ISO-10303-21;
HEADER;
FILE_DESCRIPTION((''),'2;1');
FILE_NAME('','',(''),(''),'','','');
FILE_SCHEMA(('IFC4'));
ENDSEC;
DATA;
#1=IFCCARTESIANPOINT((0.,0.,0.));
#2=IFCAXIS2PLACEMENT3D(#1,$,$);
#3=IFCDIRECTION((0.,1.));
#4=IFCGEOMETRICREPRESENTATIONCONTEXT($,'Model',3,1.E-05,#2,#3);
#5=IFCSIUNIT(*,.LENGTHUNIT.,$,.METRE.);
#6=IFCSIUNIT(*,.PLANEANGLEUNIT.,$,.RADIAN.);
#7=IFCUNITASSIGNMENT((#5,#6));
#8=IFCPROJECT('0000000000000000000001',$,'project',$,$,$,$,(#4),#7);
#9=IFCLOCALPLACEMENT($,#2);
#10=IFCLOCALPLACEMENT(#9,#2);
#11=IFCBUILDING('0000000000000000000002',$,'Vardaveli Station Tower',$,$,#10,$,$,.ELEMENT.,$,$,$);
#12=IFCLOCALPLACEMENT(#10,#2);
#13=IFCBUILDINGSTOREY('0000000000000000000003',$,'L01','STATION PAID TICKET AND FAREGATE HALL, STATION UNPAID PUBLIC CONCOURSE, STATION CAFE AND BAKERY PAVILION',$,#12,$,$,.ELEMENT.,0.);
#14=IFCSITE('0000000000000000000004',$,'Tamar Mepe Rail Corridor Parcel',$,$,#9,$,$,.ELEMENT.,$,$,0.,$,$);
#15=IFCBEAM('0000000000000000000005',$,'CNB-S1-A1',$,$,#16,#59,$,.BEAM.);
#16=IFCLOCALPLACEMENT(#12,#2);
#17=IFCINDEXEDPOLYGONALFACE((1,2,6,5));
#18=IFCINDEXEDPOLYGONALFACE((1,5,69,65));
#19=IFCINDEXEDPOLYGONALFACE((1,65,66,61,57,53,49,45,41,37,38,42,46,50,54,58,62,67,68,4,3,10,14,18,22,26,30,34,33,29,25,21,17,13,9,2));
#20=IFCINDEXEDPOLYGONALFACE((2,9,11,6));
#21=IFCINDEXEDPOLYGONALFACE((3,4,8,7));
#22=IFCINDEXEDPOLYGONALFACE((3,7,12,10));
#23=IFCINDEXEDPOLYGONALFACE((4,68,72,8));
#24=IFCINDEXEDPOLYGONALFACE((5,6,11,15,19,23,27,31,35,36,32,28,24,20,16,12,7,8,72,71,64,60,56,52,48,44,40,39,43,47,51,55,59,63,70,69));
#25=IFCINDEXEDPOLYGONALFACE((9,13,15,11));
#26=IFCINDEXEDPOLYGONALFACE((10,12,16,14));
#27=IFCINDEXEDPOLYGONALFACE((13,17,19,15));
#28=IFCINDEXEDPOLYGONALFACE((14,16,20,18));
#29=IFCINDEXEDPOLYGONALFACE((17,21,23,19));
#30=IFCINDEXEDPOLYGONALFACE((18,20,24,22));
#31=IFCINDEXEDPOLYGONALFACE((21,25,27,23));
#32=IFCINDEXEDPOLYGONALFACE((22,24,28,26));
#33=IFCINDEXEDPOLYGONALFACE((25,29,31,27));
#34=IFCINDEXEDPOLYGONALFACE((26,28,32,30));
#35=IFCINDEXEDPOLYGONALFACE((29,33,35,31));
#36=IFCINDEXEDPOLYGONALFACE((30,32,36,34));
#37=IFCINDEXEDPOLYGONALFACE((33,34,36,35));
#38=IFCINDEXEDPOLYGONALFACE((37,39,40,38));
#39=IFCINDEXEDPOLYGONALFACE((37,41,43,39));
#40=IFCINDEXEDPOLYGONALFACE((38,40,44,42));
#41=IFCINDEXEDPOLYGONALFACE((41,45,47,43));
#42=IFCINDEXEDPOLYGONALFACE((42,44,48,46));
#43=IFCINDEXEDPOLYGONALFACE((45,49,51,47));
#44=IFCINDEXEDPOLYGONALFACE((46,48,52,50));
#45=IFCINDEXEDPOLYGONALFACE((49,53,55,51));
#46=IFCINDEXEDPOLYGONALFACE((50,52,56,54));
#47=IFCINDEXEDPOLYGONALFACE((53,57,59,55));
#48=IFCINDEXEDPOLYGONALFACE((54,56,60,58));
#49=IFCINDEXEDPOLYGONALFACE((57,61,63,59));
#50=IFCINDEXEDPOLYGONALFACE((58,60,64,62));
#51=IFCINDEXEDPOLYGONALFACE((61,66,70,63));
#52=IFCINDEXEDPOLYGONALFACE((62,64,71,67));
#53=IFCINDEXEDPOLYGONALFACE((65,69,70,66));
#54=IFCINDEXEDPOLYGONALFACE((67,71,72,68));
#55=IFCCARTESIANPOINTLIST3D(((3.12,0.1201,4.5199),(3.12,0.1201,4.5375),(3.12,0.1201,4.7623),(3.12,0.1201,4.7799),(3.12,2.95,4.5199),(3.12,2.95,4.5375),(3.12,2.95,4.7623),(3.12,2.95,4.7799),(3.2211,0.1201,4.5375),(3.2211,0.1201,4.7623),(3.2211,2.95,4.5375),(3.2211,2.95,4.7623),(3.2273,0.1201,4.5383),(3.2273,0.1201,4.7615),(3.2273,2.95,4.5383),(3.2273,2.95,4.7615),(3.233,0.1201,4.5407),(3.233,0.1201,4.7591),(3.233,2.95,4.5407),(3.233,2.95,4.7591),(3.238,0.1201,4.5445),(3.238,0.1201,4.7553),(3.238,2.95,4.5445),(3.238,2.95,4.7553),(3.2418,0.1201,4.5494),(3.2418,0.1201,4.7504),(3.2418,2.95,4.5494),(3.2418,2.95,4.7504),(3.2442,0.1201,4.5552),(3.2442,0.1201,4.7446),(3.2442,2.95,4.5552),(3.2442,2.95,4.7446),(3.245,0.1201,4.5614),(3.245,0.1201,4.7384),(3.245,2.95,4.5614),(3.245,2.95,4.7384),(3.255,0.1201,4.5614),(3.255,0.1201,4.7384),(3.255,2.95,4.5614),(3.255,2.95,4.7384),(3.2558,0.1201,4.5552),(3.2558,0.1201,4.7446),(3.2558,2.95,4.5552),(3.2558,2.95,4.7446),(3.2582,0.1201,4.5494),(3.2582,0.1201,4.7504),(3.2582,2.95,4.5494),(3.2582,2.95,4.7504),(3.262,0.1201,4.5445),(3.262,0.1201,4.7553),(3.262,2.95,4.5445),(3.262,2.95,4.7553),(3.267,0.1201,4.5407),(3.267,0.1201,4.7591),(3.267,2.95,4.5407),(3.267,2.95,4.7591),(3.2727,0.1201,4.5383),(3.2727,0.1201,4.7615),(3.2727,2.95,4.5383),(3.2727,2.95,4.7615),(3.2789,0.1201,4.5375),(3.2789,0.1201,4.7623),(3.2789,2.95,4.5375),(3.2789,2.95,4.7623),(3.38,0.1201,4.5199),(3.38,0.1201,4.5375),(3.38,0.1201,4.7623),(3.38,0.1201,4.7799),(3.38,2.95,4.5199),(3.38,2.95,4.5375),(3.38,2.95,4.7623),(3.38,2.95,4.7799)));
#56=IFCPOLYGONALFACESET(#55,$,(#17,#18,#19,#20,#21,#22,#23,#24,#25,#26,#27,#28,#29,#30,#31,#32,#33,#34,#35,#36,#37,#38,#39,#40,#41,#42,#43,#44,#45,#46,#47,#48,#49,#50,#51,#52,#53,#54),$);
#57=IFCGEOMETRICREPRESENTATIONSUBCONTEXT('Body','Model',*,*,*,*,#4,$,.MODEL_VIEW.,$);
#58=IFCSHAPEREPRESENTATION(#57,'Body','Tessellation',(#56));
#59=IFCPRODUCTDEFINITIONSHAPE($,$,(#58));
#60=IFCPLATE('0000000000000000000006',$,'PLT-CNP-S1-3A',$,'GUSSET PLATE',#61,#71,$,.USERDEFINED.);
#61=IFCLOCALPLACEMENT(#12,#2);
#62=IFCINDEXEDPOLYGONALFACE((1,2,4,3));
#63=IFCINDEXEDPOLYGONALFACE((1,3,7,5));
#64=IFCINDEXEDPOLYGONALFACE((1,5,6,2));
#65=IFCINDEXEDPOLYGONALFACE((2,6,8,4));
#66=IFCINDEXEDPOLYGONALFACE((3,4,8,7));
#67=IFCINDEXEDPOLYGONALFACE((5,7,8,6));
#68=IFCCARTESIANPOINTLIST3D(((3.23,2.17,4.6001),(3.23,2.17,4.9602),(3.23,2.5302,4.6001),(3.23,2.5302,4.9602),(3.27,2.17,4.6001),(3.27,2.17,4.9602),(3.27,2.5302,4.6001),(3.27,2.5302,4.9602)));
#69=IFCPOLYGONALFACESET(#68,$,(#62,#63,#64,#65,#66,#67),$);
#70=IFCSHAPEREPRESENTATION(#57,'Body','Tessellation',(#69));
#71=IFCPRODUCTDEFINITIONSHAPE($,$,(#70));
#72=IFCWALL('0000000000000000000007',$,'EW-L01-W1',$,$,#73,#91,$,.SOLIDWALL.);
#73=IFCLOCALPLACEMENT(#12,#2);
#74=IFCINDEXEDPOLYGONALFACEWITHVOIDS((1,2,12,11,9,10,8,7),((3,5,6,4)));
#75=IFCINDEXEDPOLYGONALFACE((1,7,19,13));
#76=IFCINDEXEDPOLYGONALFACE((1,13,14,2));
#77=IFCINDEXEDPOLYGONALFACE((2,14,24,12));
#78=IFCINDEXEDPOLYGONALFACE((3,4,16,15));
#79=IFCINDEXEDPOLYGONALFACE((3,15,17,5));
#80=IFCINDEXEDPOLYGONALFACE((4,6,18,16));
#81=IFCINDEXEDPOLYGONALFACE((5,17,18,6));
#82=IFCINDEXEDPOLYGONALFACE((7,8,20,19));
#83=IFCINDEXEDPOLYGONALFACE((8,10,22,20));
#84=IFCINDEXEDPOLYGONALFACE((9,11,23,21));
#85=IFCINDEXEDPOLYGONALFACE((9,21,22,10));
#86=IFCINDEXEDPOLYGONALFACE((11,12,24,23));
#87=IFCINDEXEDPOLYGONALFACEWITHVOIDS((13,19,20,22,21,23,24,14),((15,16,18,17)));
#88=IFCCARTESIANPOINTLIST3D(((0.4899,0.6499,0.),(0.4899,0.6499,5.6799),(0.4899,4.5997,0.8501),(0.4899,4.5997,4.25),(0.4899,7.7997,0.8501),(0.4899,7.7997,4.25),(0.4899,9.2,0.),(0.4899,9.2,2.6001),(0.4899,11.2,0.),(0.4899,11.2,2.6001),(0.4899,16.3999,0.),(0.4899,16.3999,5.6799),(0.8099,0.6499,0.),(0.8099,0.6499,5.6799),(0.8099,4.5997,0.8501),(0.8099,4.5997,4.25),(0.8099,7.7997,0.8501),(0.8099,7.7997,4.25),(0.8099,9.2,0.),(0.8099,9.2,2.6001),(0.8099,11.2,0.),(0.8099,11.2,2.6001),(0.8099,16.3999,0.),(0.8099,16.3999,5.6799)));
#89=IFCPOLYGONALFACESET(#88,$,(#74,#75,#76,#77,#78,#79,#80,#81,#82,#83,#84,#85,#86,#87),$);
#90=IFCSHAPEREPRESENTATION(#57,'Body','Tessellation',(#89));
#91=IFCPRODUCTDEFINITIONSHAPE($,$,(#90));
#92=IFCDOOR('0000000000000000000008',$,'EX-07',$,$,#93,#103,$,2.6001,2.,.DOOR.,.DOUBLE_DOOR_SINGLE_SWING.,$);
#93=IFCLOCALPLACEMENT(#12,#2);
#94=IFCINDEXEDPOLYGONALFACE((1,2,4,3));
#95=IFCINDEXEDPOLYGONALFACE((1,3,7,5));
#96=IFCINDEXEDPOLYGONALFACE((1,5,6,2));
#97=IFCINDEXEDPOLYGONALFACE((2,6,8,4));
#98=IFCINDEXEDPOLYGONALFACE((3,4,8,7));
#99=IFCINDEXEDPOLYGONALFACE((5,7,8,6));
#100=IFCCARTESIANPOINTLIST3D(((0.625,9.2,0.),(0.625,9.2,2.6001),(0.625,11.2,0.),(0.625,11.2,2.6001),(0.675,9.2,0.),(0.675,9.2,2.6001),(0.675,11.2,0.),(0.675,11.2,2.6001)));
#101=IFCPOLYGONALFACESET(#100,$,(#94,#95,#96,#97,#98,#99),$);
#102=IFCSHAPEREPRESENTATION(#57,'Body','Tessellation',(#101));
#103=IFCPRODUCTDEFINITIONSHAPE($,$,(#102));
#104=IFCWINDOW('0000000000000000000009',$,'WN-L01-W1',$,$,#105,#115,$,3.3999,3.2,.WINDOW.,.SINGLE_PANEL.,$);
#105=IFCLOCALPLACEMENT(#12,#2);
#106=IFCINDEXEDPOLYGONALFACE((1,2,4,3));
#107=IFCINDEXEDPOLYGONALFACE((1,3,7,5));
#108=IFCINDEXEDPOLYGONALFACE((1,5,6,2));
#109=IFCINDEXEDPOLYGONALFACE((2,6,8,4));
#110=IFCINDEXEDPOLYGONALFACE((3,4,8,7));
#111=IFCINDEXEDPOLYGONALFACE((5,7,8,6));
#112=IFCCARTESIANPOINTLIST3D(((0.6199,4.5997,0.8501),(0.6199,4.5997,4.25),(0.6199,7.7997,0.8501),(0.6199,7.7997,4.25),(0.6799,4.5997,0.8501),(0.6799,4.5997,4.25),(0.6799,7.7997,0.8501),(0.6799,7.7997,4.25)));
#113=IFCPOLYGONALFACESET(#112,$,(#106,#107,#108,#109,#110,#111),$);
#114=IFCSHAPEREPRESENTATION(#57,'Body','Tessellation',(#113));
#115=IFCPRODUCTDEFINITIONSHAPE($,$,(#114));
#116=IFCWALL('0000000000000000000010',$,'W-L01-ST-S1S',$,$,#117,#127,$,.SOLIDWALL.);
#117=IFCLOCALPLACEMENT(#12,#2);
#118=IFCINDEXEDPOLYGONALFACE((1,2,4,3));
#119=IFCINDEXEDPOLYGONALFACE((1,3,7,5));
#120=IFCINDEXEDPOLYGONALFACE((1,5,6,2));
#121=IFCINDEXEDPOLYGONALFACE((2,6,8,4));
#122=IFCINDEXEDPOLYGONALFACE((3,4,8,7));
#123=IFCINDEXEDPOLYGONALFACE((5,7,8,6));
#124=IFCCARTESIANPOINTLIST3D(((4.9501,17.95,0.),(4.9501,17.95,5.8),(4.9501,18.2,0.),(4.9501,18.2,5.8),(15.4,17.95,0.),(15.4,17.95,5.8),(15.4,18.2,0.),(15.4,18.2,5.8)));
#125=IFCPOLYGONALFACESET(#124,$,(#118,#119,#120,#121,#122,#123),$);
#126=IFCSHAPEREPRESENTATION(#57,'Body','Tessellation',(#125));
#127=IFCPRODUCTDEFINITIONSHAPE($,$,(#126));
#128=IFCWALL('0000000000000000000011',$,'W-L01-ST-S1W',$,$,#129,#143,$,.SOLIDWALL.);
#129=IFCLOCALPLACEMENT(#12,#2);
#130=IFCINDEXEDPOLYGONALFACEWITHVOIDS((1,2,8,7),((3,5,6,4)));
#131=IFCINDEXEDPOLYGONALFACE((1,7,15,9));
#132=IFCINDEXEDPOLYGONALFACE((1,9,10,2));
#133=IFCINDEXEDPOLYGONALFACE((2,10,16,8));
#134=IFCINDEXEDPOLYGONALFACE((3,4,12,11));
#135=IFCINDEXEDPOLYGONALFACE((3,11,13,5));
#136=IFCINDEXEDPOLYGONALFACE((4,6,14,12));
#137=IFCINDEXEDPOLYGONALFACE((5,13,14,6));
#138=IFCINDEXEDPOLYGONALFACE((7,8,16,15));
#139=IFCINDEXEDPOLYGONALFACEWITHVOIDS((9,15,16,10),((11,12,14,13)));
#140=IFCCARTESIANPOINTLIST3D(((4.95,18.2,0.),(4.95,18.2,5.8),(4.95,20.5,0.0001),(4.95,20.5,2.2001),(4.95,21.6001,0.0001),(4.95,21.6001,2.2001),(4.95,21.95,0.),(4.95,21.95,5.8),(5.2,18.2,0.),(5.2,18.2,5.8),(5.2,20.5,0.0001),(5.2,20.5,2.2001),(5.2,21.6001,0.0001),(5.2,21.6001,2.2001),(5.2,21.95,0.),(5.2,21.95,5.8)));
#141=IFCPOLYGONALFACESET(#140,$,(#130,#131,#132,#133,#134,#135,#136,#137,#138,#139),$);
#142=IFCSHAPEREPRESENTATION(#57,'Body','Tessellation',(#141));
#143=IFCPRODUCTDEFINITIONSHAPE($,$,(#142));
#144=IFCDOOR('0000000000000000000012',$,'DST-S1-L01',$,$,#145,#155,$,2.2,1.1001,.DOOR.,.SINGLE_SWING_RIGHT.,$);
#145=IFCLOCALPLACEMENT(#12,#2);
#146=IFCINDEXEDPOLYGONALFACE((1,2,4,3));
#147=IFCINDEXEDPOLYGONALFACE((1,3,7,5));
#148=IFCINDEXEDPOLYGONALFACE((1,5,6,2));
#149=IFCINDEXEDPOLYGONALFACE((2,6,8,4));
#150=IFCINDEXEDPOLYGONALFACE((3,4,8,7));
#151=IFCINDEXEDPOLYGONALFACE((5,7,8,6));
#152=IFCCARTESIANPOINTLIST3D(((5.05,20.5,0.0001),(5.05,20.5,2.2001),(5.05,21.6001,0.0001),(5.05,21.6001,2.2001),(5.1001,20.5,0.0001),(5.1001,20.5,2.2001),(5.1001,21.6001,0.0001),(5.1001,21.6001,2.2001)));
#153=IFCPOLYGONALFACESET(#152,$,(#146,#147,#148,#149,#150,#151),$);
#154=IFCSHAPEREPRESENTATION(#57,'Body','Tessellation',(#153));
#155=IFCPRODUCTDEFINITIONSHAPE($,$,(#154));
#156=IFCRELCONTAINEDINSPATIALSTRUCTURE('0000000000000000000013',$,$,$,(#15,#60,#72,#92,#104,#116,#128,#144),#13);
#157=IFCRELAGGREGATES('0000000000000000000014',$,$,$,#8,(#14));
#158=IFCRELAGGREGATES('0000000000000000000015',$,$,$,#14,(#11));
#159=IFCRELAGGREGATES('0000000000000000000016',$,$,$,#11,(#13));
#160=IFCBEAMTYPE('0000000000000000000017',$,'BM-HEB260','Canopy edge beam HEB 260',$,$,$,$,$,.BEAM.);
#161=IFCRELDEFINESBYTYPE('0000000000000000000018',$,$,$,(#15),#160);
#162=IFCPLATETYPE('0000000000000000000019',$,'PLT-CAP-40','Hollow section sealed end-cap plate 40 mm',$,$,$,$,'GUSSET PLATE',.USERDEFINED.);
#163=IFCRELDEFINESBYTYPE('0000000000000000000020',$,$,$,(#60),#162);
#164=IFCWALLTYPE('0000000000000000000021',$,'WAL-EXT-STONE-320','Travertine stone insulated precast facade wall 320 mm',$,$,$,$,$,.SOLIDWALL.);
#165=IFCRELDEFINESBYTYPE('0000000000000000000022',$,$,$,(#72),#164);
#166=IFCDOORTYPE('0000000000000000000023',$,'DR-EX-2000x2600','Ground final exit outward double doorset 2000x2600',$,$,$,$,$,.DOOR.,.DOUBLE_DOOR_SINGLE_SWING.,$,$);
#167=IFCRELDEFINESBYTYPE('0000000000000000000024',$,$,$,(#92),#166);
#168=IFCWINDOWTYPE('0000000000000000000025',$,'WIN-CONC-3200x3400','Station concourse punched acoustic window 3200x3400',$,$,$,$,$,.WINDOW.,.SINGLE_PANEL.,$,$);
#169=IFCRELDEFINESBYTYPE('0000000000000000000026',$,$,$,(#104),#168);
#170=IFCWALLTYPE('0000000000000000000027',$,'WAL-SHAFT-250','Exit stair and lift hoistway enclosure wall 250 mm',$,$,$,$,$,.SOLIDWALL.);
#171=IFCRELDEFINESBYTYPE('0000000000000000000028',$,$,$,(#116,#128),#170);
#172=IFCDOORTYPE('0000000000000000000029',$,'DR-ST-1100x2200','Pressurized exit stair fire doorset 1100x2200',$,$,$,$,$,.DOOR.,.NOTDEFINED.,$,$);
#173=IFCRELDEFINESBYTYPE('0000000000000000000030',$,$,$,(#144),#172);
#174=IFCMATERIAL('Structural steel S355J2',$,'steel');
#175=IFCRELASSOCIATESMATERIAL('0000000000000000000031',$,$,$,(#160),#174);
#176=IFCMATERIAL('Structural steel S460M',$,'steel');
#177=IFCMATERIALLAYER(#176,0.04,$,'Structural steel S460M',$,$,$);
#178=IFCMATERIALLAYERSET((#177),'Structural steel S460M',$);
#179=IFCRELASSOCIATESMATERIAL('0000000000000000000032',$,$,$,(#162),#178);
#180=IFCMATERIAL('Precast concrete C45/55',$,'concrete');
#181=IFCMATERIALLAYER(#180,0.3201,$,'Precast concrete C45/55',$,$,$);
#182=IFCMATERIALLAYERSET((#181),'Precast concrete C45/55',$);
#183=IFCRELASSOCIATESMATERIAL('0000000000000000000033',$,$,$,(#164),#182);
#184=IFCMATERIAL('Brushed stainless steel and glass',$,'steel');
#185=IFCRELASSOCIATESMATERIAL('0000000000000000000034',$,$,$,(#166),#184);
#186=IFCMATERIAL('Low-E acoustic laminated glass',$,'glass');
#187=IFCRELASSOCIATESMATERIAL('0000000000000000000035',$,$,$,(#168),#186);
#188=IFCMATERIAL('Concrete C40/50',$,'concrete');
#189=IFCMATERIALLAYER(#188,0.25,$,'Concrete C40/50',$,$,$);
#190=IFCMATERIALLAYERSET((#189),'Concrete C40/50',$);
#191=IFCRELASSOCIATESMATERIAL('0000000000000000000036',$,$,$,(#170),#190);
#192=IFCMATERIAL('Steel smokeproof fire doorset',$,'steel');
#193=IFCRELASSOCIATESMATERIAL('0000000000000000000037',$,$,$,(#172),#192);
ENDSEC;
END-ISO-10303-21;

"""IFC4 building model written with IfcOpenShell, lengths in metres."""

from ifc_helpers import new_model, si_unit, direction, frame, frame_2d, origin, origin_2d, place, context, subcontext, project, spatial, rectangle, i_section, extrude, source, transform, mapped, material, layer, layer_set, material_profile, profile_set, type_object, element, fill, save


model = new_model("IFC4")

# Units and contexts
model_context = context("Model", 3, precision=1e-05, world=origin(), true_north=direction((0.0, 1.0)))
body_context = subcontext(model_context, "Body", "Model", "MODEL_VIEW")
ifc_project = project(units=[si_unit("LENGTHUNIT", "METRE"), si_unit("PLANEANGLEUNIT", "RADIAN")], contexts=[model_context])

# Site, building, storey
site_placement = place(None, origin())
site = spatial("IfcSite", under=ifc_project, at=site_placement, Name="Tamar Mepe Rail Corridor Parcel", CompositionType="ELEMENT", RefElevation=0.0)
building_placement = place(site_placement, origin())
building = spatial("IfcBuilding", under=site, at=building_placement, Name="Vardaveli Station Tower", CompositionType="ELEMENT")
storey_placement = place(building_placement, origin())
storey = spatial("IfcBuildingStorey", under=building, at=storey_placement, Name="L01", Description="STATION PAID TICKET AND FAREGATE HALL, STATION UNPAID PUBLIC CONCOURSE, STATION CAFE AND BAKERY PAVILION", CompositionType="ELEMENT", Elevation=0.0)

# Beam
ifc_material_1 = material(Name="Structural steel S355J2", Category="steel")
ifc_material_profile_1 = material_profile(ifc_material_1, i_section(OverallWidth=0.26, OverallDepth=0.26, WebThickness=0.01, FlangeThickness=0.0176, FilletRadius=0.0239, at=origin_2d()), Name="HEB 260")
ifc_profile_set_1 = profile_set([ifc_material_profile_1], Name="Structural steel S355J2")
beam_type_1 = type_object("IfcBeamType", Name="BM-HEB260", Description="Canopy edge beam HEB 260", PredefinedType="BEAM", material=ifc_profile_set_1)
shared_shape_1 = source(origin(), body_context, "Body", "SweptSolid", [
    extrude(i_section(OverallWidth=0.26, OverallDepth=0.26, WebThickness=0.01, FlangeThickness=0.0176, FilletRadius=0.0239, at=origin_2d()), origin(), (0.0, 0.0, 1.0), 2.8298),
])
beam_1_placement = place(storey_placement, frame((3.25, 2.95, 4.6499), z_axis=(0.0, -1.0, 0.0), x_axis=(1.0, 0.0, 0.0)))
element("IfcBeam", 1, at=beam_1_placement, inside=storey, type_object=beam_type_1, Name="CNB-S1-A1", PredefinedType="BEAM", context=body_context, shape_type="MappedRepresentation", body=[
    mapped(shared_shape_1, transform((0.0, 0.0, 0.0), scale=1.0)),
])

# Plate
ifc_material_2 = material(Name="Structural steel S460M", Category="steel")
ifc_layer_1 = layer(ifc_material_2, 0.04, Name="Structural steel S460M")
ifc_layer_set_1 = layer_set([ifc_layer_1], Name="Structural steel S460M")
plate_type = type_object("IfcPlateType", Name="PLT-CAP-40", Description="Hollow section sealed end-cap plate 40 mm", ElementType="GUSSET PLATE", PredefinedType="USERDEFINED", material=ifc_layer_set_1)
shared_shape_2 = source(origin(), body_context, "Body", "SweptSolid", [
    extrude(rectangle(XDim=0.04, YDim=0.3601, at=origin_2d()), origin(), (0.0, 0.0, 1.0), 0.3601),
])
plate_placement = place(storey_placement, frame((3.25, 2.3501, 4.6001), z_axis=(0.0, 0.0, 1.0), x_axis=(1.0, 0.0, 0.0)))
element("IfcPlate", 2, at=plate_placement, inside=storey, type_object=plate_type, Name="PLT-CNP-S1-3A", ObjectType="GUSSET PLATE", PredefinedType="USERDEFINED", context=body_context, shape_type="MappedRepresentation", body=[
    mapped(shared_shape_2, transform((0.0, 0.0, 0.0), scale=1.0)),
])

# Wall, openings, door, window
ifc_material_3 = material(Name="Precast concrete C45/55", Category="concrete")
ifc_layer_2 = layer(ifc_material_3, 0.3201, Name="Precast concrete C45/55")
ifc_layer_set_2 = layer_set([ifc_layer_2], Name="Precast concrete C45/55")
wall_type_1 = type_object("IfcWallType", Name="WAL-EXT-STONE-320", Description="Travertine stone insulated precast facade wall 320 mm", PredefinedType="SOLIDWALL", material=ifc_layer_set_2)
shared_shape_3 = source(origin(), body_context, "Body", "SweptSolid", [
    extrude(rectangle(XDim=15.75, YDim=0.3201, at=frame_2d((7.875, 0.0))), origin(), (0.0, 0.0, 1.0), 5.6799),
])
wall_1_placement = place(storey_placement, frame((0.6499, 16.3999, 0.0), z_axis=(0.0, 0.0, 1.0), x_axis=(0.0, -1.0, 0.0)))
wall_1 = element("IfcWall", 3, at=wall_1_placement, inside=storey, type_object=wall_type_1, Name="EW-L01-W1", PredefinedType="SOLIDWALL", context=body_context, shape_type="MappedRepresentation", body=[
    mapped(shared_shape_3, transform((0.0, 0.0, 0.0), scale=1.0)),
])
shared_shape_4 = source(origin(), body_context, "Body", "SweptSolid", [
    extrude(rectangle(XDim=2.0, YDim=2.6001, at=frame_2d((1.0, 1.3))), frame((0.0, 0.1699, 0.0), z_axis=(0.0, -1.0, 0.0), x_axis=(1.0, 0.0, 0.0)), (0.0, 0.0, 1.0), 0.3401),
])
opening_1_placement = place(wall_1_placement, frame((5.2, 0.0, 0.0)))
opening_1 = element("IfcOpeningElement", 4, at=opening_1_placement, cuts=wall_1, PredefinedType="OPENING", context=body_context, shape_type="MappedRepresentation", body=[
    mapped(shared_shape_4, transform((0.0, 0.0, 0.0), scale=1.0)),
])
shared_shape_5 = source(origin(), body_context, "Body", "SweptSolid", [
    extrude(rectangle(XDim=3.2, YDim=3.3999, at=frame_2d((1.6001, 1.7))), frame((0.0, 0.1699, 0.0), z_axis=(0.0, -1.0, 0.0), x_axis=(1.0, 0.0, 0.0)), (0.0, 0.0, 1.0), 0.3401),
])
opening_2_placement = place(wall_1_placement, frame((8.6001, 0.0, 0.8501)))
opening_2 = element("IfcOpeningElement", 5, at=opening_2_placement, cuts=wall_1, PredefinedType="OPENING", context=body_context, shape_type="MappedRepresentation", body=[
    mapped(shared_shape_5, transform((0.0, 0.0, 0.0), scale=1.0)),
])
ifc_material_4 = material(Name="Brushed stainless steel and glass", Category="steel")
door_type_1 = type_object("IfcDoorType", Name="DR-EX-2000x2600", Description="Ground final exit outward double doorset 2000x2600", OperationType="DOUBLE_DOOR_SINGLE_SWING", PredefinedType="DOOR", material=ifc_material_4)
shared_shape_6 = source(origin(), body_context, "Body", "SweptSolid", [
    extrude(rectangle(XDim=2.0, YDim=2.6001, at=frame_2d((1.0, 1.3))), frame((0.0, 0.0249, 0.0), z_axis=(0.0, -1.0, 0.0), x_axis=(1.0, 0.0, 0.0)), (0.0, 0.0, 1.0), 0.05),
])
door_1_placement = place(opening_1_placement, frame((2.0, 0.0, 0.0), z_axis=(0.0, 0.0, 1.0), x_axis=(-1.0, 0.0, 0.0)))
door_1 = element("IfcDoor", 6, at=door_1_placement, inside=storey, type_object=door_type_1, Name="EX-07", OperationType="DOUBLE_DOOR_SINGLE_SWING", OverallHeight=2.6001, OverallWidth=2.0, PredefinedType="DOOR", context=body_context, shape_type="MappedRepresentation", body=[
    mapped(shared_shape_6, transform((0.0, 0.0, 0.0), scale=1.0)),
])
fill(opening_1, door_1)
ifc_material_5 = material(Name="Low-E acoustic laminated glass", Category="glass")
window_type = type_object("IfcWindowType", Name="WIN-CONC-3200x3400", Description="Station concourse punched acoustic window 3200x3400", PartitioningType="SINGLE_PANEL", PredefinedType="WINDOW", material=ifc_material_5)
shared_shape_7 = source(origin(), body_context, "Body", "SweptSolid", [
    extrude(rectangle(XDim=3.2, YDim=3.3999, at=frame_2d((1.6001, 1.7))), frame((0.0, 0.03, 0.0), z_axis=(0.0, -1.0, 0.0), x_axis=(1.0, 0.0, 0.0)), (0.0, 0.0, 1.0), 0.0601),
])
window_placement = place(opening_2_placement, origin())
window = element("IfcWindow", 7, at=window_placement, inside=storey, type_object=window_type, Name="WN-L01-W1", OverallHeight=3.3999, OverallWidth=3.2, PartitioningType="SINGLE_PANEL", PredefinedType="WINDOW", context=body_context, shape_type="MappedRepresentation", body=[
    mapped(shared_shape_7, transform((0.0, 0.0, 0.0), scale=1.0)),
])
fill(opening_2, window)

# Wall
ifc_material_6 = material(Name="Concrete C40/50", Category="concrete")
ifc_layer_3 = layer(ifc_material_6, 0.25, Name="Concrete C40/50")
ifc_layer_set_3 = layer_set([ifc_layer_3], Name="Concrete C40/50")
wall_type_2 = type_object("IfcWallType", Name="WAL-SHAFT-250", Description="Exit stair and lift hoistway enclosure wall 250 mm", PredefinedType="SOLIDWALL", material=ifc_layer_set_3)
shared_shape_8 = source(origin(), body_context, "Body", "SweptSolid", [
    extrude(rectangle(XDim=10.45, YDim=0.25, at=frame_2d((5.2251, 0.0))), origin(), (0.0, 0.0, 1.0), 5.8),
])
wall_2_placement = place(storey_placement, frame((4.95, 18.075, 0.0), z_axis=(0.0, 0.0, 1.0), x_axis=(1.0, 0.0, 0.0)))
element("IfcWall", 8, at=wall_2_placement, inside=storey, type_object=wall_type_2, Name="W-L01-ST-S1S", PredefinedType="SOLIDWALL", context=body_context, shape_type="MappedRepresentation", body=[
    mapped(shared_shape_8, transform((0.0, 0.0, 0.0), scale=1.0)),
])

# Wall, opening, door
shared_shape_9 = source(origin(), body_context, "Body", "SweptSolid", [
    extrude(rectangle(XDim=3.75, YDim=0.25, at=frame_2d((1.875, 0.0))), origin(), (0.0, 0.0, 1.0), 5.8),
])
wall_3_placement = place(storey_placement, frame((5.075, 18.2, 0.0), z_axis=(0.0, 0.0, 1.0), x_axis=(0.0, 1.0, 0.0)))
wall_3 = element("IfcWall", 9, at=wall_3_placement, inside=storey, type_object=wall_type_2, Name="W-L01-ST-S1W", PredefinedType="SOLIDWALL", context=body_context, shape_type="MappedRepresentation", body=[
    mapped(shared_shape_9, transform((0.0, 0.0, 0.0), scale=1.0)),
])
shared_shape_10 = source(origin(), body_context, "Body", "SweptSolid", [
    extrude(rectangle(XDim=1.1001, YDim=2.2, at=frame_2d((0.55, 1.1001))), frame((0.0, 0.135, 0.0), z_axis=(0.0, -1.0, 0.0), x_axis=(1.0, 0.0, 0.0)), (0.0, 0.0, 1.0), 0.27),
])
opening_3_placement = place(wall_3_placement, frame((2.3, 0.0, 0.0)))
opening_3 = element("IfcOpeningElement", 10, at=opening_3_placement, cuts=wall_3, PredefinedType="OPENING", context=body_context, shape_type="MappedRepresentation", body=[
    mapped(shared_shape_10, transform((0.0, 0.0, 0.0), scale=1.0)),
])
ifc_material_7 = material(Name="Steel smokeproof fire doorset", Category="steel")
door_type_2 = type_object("IfcDoorType", Name="DR-ST-1100x2200", Description="Pressurized exit stair fire doorset 1100x2200", OperationType="NOTDEFINED", PredefinedType="DOOR", material=ifc_material_7)
shared_shape_11 = source(origin(), body_context, "Body", "SweptSolid", [
    extrude(rectangle(XDim=1.1001, YDim=2.2, at=frame_2d((0.55, 1.1001))), frame((0.0, 0.0249, 0.0), z_axis=(0.0, -1.0, 0.0), x_axis=(1.0, 0.0, 0.0)), (0.0, 0.0, 1.0), 0.05),
])
door_2_placement = place(opening_3_placement, origin())
door_2 = element("IfcDoor", 11, at=door_2_placement, inside=storey, type_object=door_type_2, Name="DST-S1-L01", OperationType="SINGLE_SWING_RIGHT", OverallHeight=2.2, OverallWidth=1.1001, PredefinedType="DOOR", context=body_context, shape_type="MappedRepresentation", body=[
    mapped(shared_shape_11, transform((0.0, 0.0, 0.0), scale=1.0)),
])
fill(opening_3, door_2)

save(model, "model.ifc")
